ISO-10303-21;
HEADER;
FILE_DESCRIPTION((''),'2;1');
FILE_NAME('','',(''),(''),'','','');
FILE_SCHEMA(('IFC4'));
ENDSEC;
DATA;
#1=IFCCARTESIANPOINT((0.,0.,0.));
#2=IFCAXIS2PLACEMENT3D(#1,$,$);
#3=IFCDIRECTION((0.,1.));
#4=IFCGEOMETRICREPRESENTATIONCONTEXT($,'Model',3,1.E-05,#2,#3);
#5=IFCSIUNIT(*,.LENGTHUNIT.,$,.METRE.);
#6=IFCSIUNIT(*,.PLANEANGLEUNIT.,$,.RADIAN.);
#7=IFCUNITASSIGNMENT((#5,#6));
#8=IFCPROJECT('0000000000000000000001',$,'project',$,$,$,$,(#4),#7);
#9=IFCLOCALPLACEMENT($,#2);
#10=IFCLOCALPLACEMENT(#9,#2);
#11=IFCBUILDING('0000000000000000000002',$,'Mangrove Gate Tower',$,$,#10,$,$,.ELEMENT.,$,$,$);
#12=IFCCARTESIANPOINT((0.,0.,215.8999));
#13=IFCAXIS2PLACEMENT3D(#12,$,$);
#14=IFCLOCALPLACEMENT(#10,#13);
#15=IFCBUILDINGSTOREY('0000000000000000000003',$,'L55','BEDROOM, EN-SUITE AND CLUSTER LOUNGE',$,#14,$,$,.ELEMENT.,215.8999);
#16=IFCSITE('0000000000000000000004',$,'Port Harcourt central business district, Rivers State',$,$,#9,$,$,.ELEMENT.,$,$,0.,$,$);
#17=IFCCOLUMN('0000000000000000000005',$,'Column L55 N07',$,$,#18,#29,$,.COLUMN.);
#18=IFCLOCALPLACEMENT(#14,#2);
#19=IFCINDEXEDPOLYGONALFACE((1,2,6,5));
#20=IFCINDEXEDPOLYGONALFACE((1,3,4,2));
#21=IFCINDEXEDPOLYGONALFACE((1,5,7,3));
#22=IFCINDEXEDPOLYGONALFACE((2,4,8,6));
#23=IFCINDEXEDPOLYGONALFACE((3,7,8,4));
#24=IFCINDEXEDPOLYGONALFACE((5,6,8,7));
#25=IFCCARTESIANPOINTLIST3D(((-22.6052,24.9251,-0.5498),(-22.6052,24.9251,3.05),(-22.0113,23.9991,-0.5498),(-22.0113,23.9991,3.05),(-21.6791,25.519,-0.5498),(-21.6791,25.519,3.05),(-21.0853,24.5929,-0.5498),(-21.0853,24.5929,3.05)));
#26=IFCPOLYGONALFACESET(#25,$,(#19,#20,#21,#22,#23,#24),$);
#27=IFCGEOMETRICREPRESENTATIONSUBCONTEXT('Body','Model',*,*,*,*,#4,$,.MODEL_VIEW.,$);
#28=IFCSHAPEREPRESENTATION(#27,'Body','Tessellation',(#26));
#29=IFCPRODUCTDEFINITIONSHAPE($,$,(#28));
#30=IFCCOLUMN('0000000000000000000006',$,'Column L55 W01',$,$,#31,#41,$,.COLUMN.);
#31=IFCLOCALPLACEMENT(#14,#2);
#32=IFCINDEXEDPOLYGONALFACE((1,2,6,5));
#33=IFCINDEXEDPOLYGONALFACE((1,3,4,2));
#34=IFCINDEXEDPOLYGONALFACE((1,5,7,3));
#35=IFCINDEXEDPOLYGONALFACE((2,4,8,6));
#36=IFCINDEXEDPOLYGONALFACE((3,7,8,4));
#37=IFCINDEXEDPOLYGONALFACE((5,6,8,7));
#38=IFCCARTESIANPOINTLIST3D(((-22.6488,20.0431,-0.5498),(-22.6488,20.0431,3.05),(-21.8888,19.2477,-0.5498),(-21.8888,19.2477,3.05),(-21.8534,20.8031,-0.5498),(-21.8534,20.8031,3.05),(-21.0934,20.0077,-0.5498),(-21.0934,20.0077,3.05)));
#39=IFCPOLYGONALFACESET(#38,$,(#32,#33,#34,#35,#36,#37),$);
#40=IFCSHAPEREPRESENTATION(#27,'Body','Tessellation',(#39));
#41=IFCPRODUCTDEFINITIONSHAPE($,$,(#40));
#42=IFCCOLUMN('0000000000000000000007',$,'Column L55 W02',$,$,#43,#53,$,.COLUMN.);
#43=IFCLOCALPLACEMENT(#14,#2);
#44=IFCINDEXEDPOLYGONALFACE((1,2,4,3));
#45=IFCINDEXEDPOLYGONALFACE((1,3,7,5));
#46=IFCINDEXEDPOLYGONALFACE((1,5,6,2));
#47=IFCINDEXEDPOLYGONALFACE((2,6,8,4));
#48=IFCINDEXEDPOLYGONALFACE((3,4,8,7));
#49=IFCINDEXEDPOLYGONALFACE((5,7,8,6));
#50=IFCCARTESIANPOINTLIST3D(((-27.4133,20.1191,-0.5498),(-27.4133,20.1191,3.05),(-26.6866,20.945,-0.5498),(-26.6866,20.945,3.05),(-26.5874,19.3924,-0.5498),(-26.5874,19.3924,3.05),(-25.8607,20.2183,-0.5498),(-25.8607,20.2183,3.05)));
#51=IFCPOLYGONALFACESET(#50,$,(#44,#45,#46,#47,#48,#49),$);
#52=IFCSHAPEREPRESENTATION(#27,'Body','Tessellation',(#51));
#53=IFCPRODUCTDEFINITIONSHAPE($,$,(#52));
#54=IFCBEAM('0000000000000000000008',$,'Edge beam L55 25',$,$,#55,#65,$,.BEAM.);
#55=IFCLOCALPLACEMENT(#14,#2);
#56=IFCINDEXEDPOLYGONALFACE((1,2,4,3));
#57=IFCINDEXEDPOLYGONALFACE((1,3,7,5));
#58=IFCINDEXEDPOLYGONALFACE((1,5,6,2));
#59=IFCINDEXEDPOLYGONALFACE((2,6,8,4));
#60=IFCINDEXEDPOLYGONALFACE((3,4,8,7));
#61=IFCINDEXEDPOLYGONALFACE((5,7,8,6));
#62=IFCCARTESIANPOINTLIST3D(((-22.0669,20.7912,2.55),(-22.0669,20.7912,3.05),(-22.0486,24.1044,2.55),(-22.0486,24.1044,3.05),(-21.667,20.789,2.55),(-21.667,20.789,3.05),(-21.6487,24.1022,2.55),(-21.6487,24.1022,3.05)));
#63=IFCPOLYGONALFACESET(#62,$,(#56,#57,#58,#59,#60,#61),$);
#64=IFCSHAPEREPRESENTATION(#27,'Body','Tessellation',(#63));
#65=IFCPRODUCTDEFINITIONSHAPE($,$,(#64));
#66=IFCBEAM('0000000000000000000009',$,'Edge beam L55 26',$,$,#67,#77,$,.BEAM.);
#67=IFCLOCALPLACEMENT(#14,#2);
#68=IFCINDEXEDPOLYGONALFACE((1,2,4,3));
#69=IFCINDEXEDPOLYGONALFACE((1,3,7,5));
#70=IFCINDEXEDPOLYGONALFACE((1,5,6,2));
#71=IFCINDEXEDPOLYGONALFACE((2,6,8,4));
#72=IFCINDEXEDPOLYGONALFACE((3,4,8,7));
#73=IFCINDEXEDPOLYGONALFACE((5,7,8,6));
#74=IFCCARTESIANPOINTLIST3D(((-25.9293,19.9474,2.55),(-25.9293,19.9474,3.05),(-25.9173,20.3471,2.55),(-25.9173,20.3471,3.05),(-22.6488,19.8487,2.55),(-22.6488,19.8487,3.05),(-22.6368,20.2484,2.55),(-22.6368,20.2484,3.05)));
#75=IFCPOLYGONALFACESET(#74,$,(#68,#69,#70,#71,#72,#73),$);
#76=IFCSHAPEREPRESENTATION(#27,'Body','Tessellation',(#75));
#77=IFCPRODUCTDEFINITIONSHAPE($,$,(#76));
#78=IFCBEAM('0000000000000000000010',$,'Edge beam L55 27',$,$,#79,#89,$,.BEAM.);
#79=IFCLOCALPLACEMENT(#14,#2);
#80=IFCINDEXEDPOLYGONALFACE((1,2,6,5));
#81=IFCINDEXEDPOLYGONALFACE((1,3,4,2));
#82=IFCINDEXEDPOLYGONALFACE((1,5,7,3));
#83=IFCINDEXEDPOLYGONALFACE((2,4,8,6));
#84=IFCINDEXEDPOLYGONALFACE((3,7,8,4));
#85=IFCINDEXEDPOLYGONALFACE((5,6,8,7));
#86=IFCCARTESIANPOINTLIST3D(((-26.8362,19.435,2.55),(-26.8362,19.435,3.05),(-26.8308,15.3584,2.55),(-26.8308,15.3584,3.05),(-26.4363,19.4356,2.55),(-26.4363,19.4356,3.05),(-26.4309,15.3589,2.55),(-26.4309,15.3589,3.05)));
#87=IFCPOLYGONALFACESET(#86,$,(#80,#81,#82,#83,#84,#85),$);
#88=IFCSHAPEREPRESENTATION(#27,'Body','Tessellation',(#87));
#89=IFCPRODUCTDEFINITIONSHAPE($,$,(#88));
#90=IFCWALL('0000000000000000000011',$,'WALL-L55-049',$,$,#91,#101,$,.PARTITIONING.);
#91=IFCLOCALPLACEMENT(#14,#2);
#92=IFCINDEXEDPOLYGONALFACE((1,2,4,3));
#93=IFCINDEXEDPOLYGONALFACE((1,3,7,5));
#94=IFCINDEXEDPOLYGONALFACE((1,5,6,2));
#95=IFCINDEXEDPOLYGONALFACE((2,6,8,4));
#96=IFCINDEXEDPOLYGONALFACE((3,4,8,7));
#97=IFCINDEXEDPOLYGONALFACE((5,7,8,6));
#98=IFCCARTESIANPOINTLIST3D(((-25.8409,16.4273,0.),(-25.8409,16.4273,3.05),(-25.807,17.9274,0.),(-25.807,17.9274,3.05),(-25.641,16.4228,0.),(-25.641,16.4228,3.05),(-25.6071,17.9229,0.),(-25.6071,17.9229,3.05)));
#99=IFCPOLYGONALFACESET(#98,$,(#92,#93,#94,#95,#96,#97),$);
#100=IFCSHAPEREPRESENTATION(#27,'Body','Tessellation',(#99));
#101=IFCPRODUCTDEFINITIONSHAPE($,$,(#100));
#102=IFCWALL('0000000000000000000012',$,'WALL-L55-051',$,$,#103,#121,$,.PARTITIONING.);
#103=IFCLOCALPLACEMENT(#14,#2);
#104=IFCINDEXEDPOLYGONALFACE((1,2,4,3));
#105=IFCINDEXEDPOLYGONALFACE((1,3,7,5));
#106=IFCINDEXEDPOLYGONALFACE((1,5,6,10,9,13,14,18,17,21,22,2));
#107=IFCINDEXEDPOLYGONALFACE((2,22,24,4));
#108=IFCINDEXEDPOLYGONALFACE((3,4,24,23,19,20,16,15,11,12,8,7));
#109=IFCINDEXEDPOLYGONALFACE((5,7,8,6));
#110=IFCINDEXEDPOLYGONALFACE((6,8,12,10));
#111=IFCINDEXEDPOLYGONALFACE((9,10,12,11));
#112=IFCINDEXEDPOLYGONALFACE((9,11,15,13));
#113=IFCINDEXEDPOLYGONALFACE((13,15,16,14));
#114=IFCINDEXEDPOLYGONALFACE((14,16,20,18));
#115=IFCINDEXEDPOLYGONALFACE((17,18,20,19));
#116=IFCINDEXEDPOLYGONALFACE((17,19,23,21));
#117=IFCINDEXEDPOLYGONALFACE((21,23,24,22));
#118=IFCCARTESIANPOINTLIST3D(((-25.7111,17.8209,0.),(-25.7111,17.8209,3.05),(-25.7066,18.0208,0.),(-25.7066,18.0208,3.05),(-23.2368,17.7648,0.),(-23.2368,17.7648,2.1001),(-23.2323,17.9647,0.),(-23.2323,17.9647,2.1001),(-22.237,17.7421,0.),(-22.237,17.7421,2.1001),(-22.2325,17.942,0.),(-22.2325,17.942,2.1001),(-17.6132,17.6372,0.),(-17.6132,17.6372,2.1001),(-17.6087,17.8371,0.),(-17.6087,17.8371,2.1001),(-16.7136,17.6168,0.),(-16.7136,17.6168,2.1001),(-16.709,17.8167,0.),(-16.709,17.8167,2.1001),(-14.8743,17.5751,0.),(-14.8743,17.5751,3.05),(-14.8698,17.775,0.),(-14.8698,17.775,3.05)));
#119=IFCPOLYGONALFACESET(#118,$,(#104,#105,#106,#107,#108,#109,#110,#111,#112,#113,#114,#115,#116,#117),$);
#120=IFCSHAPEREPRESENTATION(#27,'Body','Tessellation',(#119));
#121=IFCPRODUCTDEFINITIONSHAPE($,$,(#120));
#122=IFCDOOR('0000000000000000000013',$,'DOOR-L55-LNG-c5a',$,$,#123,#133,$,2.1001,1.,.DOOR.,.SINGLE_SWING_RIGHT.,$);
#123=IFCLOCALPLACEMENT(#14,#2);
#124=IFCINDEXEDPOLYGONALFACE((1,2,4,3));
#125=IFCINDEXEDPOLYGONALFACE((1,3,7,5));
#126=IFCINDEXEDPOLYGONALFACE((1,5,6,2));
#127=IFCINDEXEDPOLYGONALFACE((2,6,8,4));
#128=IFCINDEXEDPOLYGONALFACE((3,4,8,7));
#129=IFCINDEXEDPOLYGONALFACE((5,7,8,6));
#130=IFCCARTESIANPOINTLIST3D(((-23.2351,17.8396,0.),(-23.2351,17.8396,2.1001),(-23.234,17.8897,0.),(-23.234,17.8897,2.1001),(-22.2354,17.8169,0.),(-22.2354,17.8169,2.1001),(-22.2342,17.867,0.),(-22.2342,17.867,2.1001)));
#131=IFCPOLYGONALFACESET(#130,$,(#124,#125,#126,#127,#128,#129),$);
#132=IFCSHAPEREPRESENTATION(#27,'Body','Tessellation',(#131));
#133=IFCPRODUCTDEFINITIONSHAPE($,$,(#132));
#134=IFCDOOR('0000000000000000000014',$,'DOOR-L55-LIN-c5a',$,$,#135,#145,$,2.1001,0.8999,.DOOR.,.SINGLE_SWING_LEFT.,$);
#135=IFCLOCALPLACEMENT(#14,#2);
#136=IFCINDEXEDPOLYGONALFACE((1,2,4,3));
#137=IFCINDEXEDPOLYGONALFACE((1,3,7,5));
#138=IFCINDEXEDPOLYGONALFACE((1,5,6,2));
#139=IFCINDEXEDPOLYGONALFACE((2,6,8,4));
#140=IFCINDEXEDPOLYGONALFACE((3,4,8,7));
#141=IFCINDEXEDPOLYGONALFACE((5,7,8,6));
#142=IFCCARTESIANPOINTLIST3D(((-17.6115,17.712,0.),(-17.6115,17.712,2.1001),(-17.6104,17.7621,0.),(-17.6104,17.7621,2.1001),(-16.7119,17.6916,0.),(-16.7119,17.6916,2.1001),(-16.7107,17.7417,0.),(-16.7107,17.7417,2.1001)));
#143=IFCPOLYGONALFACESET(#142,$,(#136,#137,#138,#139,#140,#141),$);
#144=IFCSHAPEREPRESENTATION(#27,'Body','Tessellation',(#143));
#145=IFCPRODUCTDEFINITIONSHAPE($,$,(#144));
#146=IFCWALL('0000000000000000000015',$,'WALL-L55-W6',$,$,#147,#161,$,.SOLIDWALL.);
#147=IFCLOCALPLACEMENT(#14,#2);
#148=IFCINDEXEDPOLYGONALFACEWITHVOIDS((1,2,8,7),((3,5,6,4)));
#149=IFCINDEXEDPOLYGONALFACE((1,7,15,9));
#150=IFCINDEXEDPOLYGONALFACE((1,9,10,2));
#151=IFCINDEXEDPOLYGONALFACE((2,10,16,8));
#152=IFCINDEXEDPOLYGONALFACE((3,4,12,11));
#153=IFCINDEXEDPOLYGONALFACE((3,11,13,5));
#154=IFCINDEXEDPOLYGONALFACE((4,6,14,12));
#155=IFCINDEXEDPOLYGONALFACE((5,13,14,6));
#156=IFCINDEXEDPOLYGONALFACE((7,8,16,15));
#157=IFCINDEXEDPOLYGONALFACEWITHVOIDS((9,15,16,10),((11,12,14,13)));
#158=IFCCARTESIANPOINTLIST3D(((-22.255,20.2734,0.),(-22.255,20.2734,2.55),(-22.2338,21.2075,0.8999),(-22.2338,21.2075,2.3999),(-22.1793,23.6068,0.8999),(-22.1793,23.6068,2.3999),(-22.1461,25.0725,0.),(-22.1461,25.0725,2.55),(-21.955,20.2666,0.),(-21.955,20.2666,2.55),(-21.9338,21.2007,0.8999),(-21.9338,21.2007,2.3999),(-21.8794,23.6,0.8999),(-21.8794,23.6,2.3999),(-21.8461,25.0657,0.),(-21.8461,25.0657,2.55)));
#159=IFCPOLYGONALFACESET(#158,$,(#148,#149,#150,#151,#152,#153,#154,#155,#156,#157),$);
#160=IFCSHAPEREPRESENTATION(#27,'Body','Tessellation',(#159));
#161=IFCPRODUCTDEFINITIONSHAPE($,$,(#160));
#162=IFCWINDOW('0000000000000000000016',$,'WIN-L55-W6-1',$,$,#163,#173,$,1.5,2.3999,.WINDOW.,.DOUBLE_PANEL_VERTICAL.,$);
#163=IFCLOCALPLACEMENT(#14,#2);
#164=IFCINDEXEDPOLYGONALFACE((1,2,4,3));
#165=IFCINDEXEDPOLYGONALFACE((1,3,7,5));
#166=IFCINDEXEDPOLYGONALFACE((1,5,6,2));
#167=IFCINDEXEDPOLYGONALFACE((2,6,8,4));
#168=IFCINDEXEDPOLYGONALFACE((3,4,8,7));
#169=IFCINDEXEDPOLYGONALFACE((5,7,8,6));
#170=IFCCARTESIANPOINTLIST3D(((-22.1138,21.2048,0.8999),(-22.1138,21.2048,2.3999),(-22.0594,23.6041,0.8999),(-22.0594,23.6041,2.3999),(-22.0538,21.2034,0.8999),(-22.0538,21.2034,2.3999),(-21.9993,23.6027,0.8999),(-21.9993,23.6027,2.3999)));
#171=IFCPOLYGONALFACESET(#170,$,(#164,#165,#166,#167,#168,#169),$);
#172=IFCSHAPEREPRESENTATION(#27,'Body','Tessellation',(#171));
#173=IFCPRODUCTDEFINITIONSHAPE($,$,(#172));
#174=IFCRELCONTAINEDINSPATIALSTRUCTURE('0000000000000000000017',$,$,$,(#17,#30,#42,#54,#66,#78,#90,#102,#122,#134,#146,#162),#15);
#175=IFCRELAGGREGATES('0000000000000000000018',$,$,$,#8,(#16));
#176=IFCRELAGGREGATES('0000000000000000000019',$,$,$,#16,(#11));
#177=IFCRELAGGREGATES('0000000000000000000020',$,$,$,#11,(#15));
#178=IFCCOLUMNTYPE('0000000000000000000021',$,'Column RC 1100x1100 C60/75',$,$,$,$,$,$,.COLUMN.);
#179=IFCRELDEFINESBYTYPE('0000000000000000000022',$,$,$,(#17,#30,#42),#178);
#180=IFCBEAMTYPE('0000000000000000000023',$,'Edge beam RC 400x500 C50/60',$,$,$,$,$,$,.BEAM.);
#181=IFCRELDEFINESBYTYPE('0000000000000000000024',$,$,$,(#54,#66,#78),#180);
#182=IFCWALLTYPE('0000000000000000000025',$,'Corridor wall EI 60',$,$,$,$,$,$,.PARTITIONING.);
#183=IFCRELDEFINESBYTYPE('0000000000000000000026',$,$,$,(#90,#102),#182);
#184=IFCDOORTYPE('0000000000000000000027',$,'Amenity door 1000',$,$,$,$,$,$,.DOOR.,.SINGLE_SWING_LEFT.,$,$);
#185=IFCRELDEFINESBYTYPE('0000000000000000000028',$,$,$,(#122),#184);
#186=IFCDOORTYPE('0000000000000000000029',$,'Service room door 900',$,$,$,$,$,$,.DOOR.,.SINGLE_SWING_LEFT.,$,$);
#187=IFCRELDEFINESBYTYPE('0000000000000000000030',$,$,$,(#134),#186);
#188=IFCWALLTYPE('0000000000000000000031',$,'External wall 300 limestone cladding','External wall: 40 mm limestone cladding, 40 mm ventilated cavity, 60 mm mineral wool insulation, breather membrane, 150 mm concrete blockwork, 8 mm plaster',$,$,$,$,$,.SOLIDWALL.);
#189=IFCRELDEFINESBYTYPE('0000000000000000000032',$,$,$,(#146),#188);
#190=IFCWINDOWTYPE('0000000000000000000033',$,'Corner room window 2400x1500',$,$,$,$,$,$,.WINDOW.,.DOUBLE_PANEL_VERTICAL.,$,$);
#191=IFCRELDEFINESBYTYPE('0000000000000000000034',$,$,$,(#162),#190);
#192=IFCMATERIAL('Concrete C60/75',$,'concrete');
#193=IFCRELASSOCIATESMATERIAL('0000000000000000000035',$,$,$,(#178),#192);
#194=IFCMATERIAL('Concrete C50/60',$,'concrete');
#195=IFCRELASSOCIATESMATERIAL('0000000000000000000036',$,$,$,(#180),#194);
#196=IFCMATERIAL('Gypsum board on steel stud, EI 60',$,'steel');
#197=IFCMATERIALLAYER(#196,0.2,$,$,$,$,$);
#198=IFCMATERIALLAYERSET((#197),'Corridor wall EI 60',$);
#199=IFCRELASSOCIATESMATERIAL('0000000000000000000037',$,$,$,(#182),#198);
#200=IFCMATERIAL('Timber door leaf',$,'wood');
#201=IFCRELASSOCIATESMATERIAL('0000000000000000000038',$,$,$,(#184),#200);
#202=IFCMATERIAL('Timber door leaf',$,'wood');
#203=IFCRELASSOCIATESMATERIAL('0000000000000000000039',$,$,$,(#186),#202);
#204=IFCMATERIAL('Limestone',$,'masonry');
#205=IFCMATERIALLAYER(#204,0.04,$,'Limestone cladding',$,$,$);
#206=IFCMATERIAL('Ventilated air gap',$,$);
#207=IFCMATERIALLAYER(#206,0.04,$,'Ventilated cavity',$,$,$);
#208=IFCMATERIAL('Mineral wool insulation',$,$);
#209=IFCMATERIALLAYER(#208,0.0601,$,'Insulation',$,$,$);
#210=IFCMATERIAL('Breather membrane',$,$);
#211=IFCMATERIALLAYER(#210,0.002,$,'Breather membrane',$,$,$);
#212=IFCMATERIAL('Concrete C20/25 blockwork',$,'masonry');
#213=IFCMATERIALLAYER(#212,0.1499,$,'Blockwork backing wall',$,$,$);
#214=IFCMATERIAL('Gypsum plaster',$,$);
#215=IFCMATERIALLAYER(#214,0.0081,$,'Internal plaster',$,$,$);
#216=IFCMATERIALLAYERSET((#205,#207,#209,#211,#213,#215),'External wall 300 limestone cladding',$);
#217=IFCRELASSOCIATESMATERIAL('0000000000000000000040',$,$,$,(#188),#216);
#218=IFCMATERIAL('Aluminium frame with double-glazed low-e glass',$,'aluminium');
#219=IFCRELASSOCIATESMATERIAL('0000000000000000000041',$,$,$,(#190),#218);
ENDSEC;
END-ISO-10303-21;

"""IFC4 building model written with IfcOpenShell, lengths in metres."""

from ifc_helpers import new_model, si_unit, direction, frame, frame_2d, origin, origin_2d, place, context, subcontext, project, spatial, rectangle, extrude, material, layer, layer_set, material_profile, profile_set, type_object, element, fill, save


model = new_model("IFC4")

# Units and contexts
model_context = context("Model", 3, precision=1e-05, world=origin(), true_north=direction((0.0, 1.0)))
body_context = subcontext(model_context, "Body", "Model", "MODEL_VIEW")
ifc_project = project(units=[si_unit("LENGTHUNIT", "METRE"), si_unit("PLANEANGLEUNIT", "RADIAN")], contexts=[model_context])

# Site, building, storey
site_placement = place(None, origin())
site = spatial("IfcSite", under=ifc_project, at=site_placement, Name="Port Harcourt central business district, Rivers State", CompositionType="ELEMENT", RefElevation=0.0)
building_placement = place(site_placement, origin())
building = spatial("IfcBuilding", under=site, at=building_placement, Name="Mangrove Gate Tower", CompositionType="ELEMENT")
storey_placement = place(building_placement, frame((0.0, 0.0, 215.8999)))
storey = spatial("IfcBuildingStorey", under=building, at=storey_placement, Name="L55", Description="BEDROOM, EN-SUITE AND CLUSTER LOUNGE", CompositionType="ELEMENT", Elevation=215.8999)

# Columns
ifc_material_1 = material(Name="Concrete C60/75", Category="concrete")
ifc_material_profile_1 = material_profile(ifc_material_1, rectangle(XDim=1.1001, YDim=1.1001, at=origin_2d()))
ifc_profile_set_1 = profile_set([ifc_material_profile_1], Name="Concrete C60/75")
column_type = type_object("IfcColumnType", Name="Column RC 1100x1100 C60/75", PredefinedType="COLUMN", material=ifc_profile_set_1)
for number, where, z_axis, x_axis, name in (
    (1, (-21.8452, 24.759, -0.5498), (0.0, 0.0, 1.0), (-0.841787, -0.53981, 0.0), "Column L55 N07"),
    (2, (-21.8711, 20.0254, -0.5498), (0.0, 0.0, 1.0), (-0.722981, -0.690868, 0.0), "Column L55 W01"),
    (3, (-26.637, 20.1687, -0.5498), (0.0, 0.0, 1.0), (-0.66057, -0.750764, 0.0), "Column L55 W02"),
):
    element("IfcColumn", number, at=place(storey_placement, frame(where, z_axis=z_axis, x_axis=x_axis)), inside=storey, type_object=column_type, Name=name, PredefinedType="COLUMN", context=body_context, shape_type="SweptSolid", body=[
        extrude(rectangle(XDim=1.1001, YDim=1.1001, at=origin_2d()), origin(), (0.0, 0.0, 1.0), 3.5999),
    ])

# Beams
ifc_material_2 = material(Name="Concrete C50/60", Category="concrete")
ifc_material_profile_2 = material_profile(ifc_material_2, rectangle(XDim=0.3999, YDim=0.5, at=origin_2d()))
ifc_profile_set_2 = profile_set([ifc_material_profile_2], Name="Concrete C50/60")
beam_type = type_object("IfcBeamType", Name="Edge beam RC 400x500 C50/60", PredefinedType="BEAM", material=ifc_profile_set_2)
beam_1_placement = place(storey_placement, frame((-21.8486, 24.1033, 2.8), z_axis=(-0.005526, -0.999985, 0.0), x_axis=(0.999985, -0.005526, 0.0)))
element("IfcBeam", 4, at=beam_1_placement, inside=storey, type_object=beam_type, Name="Edge beam L55 25", PredefinedType="BEAM", context=body_context, shape_type="SweptSolid", body=[
    extrude(rectangle(XDim=0.3999, YDim=0.5, at=origin_2d()), origin(), (0.0, 0.0, 1.0), 3.3132),
])
beam_2_placement = place(storey_placement, frame((-22.6428, 20.0486, 2.8), z_axis=(-0.999548, 0.030053, 0.0), x_axis=(-0.030053, -0.999548, 0.0)))
element("IfcBeam", 5, at=beam_2_placement, inside=storey, type_object=beam_type, Name="Edge beam L55 26", PredefinedType="BEAM", context=body_context, shape_type="SweptSolid", body=[
    extrude(rectangle(XDim=0.3999, YDim=0.5, at=origin_2d()), origin(), (0.0, 0.0, 1.0), 3.282),
])
beam_3_placement = place(storey_placement, frame((-26.6362, 19.4353, 2.8), z_axis=(0.001318, -0.999999, 0.0), x_axis=(0.999999, 0.001318, 0.0)))
element("IfcBeam", 6, at=beam_3_placement, inside=storey, type_object=beam_type, Name="Edge beam L55 27", PredefinedType="BEAM", context=body_context, shape_type="SweptSolid", body=[
    extrude(rectangle(XDim=0.3999, YDim=0.5, at=origin_2d()), origin(), (0.0, 0.0, 1.0), 4.0767),
])

# Wall
ifc_material_3 = material(Name="Gypsum board on steel stud, EI 60", Category="steel")
ifc_layer_1 = layer(ifc_material_3, 0.2)
ifc_layer_set_1 = layer_set([ifc_layer_1], Name="Corridor wall EI 60")
wall_type_1 = type_object("IfcWallType", Name="Corridor wall EI 60", PredefinedType="PARTITIONING", material=ifc_layer_set_1)
wall_1_placement = place(storey_placement, frame((-25.741, 16.425, 0.0), z_axis=(0.0, 0.0, 1.0), x_axis=(0.022618, 0.999744, 0.0)))
element("IfcWall", 7, at=wall_1_placement, inside=storey, type_object=wall_type_1, Name="WALL-L55-049", PredefinedType="PARTITIONING", context=body_context, shape_type="SweptSolid", body=[
    extrude(rectangle(XDim=1.5005, YDim=0.2, at=frame_2d((0.7502, 0.0))), origin(), (0.0, 0.0, 1.0), 3.05),
])

# Wall, openings, doors
wall_2_placement = place(storey_placement, frame((-25.709, 17.9209, 0.0), z_axis=(0.0, 0.0, 1.0), x_axis=(0.999743, -0.02268, 0.0)))
wall_2 = element("IfcWall", 8, at=wall_2_placement, inside=storey, type_object=wall_type_1, Name="WALL-L55-051", PredefinedType="PARTITIONING", context=body_context, shape_type="SweptSolid", body=[
    extrude(rectangle(XDim=10.8396, YDim=0.2, at=frame_2d((5.4199, 0.0))), origin(), (0.0, 0.0, 1.0), 3.05),
])
opening_1_placement = place(wall_2_placement, frame((2.4751, 0.0, 0.0)))
opening_1 = element("IfcOpeningElement", 9, at=opening_1_placement, cuts=wall_2, PredefinedType="OPENING", context=body_context, shape_type="SweptSolid", body=[
    extrude(rectangle(XDim=1.0, YDim=2.1001, at=frame_2d((0.5, 1.05))), frame((0.0, 0.1099, 0.0), z_axis=(0.0, -1.0, 0.0), x_axis=(1.0, 0.0, 0.0)), (0.0, 0.0, 1.0), 0.22),
])
opening_2_placement = place(wall_2_placement, frame((8.1001, 0.0, 0.0)))
opening_2 = element("IfcOpeningElement", 10, at=opening_2_placement, cuts=wall_2, PredefinedType="OPENING", context=body_context, shape_type="SweptSolid", body=[
    extrude(rectangle(XDim=0.8999, YDim=2.1001, at=frame_2d((0.45, 1.05))), frame((0.0, 0.1099, 0.0), z_axis=(0.0, -1.0, 0.0), x_axis=(1.0, 0.0, 0.0)), (0.0, 0.0, 1.0), 0.22),
])
ifc_material_4 = material(Name="Timber door leaf", Category="wood")
door_type_1 = type_object("IfcDoorType", Name="Amenity door 1000", OperationType="SINGLE_SWING_LEFT", PredefinedType="DOOR", material=ifc_material_4)
door_1_placement = place(opening_1_placement, origin())
door_1 = element("IfcDoor", 11, at=door_1_placement, inside=storey, type_object=door_type_1, Name="DOOR-L55-LNG-c5a", OperationType="SINGLE_SWING_RIGHT", OverallHeight=2.1001, OverallWidth=1.0, PredefinedType="DOOR", context=body_context, shape_type="SweptSolid", body=[
    extrude(rectangle(XDim=1.0, YDim=2.1001, at=frame_2d((0.5, 1.05))), frame((0.0, 0.0249, 0.0), z_axis=(0.0, -1.0, 0.0), x_axis=(1.0, 0.0, 0.0)), (0.0, 0.0, 1.0), 0.05),
])
fill(opening_1, door_1)
ifc_material_5 = material(Name="Timber door leaf", Category="wood")
door_type_2 = type_object("IfcDoorType", Name="Service room door 900", OperationType="SINGLE_SWING_LEFT", PredefinedType="DOOR", material=ifc_material_5)
door_2_placement = place(opening_2_placement, origin())
door_2 = element("IfcDoor", 12, at=door_2_placement, inside=storey, type_object=door_type_2, Name="DOOR-L55-LIN-c5a", OperationType="SINGLE_SWING_LEFT", OverallHeight=2.1001, OverallWidth=0.8999, PredefinedType="DOOR", context=body_context, shape_type="SweptSolid", body=[
    extrude(rectangle(XDim=0.8999, YDim=2.1001, at=frame_2d((0.45, 1.05))), frame((0.0, 0.0249, 0.0), z_axis=(0.0, -1.0, 0.0), x_axis=(1.0, 0.0, 0.0)), (0.0, 0.0, 1.0), 0.05),
])
fill(opening_2, door_2)

# Wall, opening, window
ifc_material_6 = material(Name="Limestone", Category="masonry")
ifc_layer_2 = layer(ifc_material_6, 0.04, Name="Limestone cladding")
ifc_material_7 = material(Name="Ventilated air gap")
ifc_layer_3 = layer(ifc_material_7, 0.04, Name="Ventilated cavity")
ifc_material_8 = material(Name="Mineral wool insulation")
ifc_layer_4 = layer(ifc_material_8, 0.0601, Name="Insulation")
ifc_material_9 = material(Name="Breather membrane")
ifc_layer_5 = layer(ifc_material_9, 0.002, Name="Breather membrane")
ifc_material_10 = material(Name="Concrete C20/25 blockwork", Category="masonry")
ifc_layer_6 = layer(ifc_material_10, 0.1499, Name="Blockwork backing wall")
ifc_material_11 = material(Name="Gypsum plaster")
ifc_layer_7 = layer(ifc_material_11, 0.0081, Name="Internal plaster")
ifc_layer_set_2 = layer_set([ifc_layer_2, ifc_layer_3, ifc_layer_4, ifc_layer_5, ifc_layer_6, ifc_layer_7], Name="External wall 300 limestone cladding")
wall_type_2 = type_object("IfcWallType", Name="External wall 300 limestone cladding", Description="External wall: 40 mm limestone cladding, 40 mm ventilated cavity, 60 mm mineral wool insulation, breather membrane, 150 mm concrete blockwork, 8 mm plaster", PredefinedType="SOLIDWALL", material=ifc_layer_set_2)
wall_3_placement = place(storey_placement, frame((-21.9961, 25.0691, 0.0), z_axis=(0.0, 0.0, 1.0), x_axis=(-0.022683, -0.999743, 0.0)))
wall_3 = element("IfcWall", 13, at=wall_3_placement, inside=storey, type_object=wall_type_2, Name="WALL-L55-W6", PredefinedType="SOLIDWALL", context=body_context, shape_type="SweptSolid", body=[
    extrude(rectangle(XDim=4.8003, YDim=0.3, at=frame_2d((2.4001, 0.0))), origin(), (0.0, 0.0, 1.0), 2.55),
])
opening_3_placement = place(wall_3_placement, frame((1.4661, 0.0, 0.8999)))
opening_3 = element("IfcOpeningElement", 14, at=opening_3_placement, cuts=wall_3, PredefinedType="OPENING", context=body_context, shape_type="SweptSolid", body=[
    extrude(rectangle(XDim=2.3999, YDim=1.5, at=frame_2d((1.2, 0.75))), frame((0.0, 0.1599, 0.0), z_axis=(0.0, -1.0, 0.0), x_axis=(1.0, 0.0, 0.0)), (0.0, 0.0, 1.0), 0.3201),
])
ifc_material_12 = material(Name="Aluminium frame with double-glazed low-e glass", Category="aluminium")
window_type = type_object("IfcWindowType", Name="Corner room window 2400x1500", PartitioningType="DOUBLE_PANEL_VERTICAL", PredefinedType="WINDOW", material=ifc_material_12)
window_1_placement = place(opening_3_placement, origin())
window_1 = element("IfcWindow", 15, at=window_1_placement, inside=storey, type_object=window_type, Name="WIN-L55-W6-1", OverallHeight=1.5, OverallWidth=2.3999, PartitioningType="DOUBLE_PANEL_VERTICAL", PredefinedType="WINDOW", context=body_context, shape_type="SweptSolid", body=[
    extrude(rectangle(XDim=2.3999, YDim=1.5, at=frame_2d((1.2, 0.75))), frame((0.0, 0.03, 0.0), z_axis=(0.0, -1.0, 0.0), x_axis=(1.0, 0.0, 0.0)), (0.0, 0.0, 1.0), 0.0601),
])
fill(opening_3, window_1)

save(model, "model.ifc")
